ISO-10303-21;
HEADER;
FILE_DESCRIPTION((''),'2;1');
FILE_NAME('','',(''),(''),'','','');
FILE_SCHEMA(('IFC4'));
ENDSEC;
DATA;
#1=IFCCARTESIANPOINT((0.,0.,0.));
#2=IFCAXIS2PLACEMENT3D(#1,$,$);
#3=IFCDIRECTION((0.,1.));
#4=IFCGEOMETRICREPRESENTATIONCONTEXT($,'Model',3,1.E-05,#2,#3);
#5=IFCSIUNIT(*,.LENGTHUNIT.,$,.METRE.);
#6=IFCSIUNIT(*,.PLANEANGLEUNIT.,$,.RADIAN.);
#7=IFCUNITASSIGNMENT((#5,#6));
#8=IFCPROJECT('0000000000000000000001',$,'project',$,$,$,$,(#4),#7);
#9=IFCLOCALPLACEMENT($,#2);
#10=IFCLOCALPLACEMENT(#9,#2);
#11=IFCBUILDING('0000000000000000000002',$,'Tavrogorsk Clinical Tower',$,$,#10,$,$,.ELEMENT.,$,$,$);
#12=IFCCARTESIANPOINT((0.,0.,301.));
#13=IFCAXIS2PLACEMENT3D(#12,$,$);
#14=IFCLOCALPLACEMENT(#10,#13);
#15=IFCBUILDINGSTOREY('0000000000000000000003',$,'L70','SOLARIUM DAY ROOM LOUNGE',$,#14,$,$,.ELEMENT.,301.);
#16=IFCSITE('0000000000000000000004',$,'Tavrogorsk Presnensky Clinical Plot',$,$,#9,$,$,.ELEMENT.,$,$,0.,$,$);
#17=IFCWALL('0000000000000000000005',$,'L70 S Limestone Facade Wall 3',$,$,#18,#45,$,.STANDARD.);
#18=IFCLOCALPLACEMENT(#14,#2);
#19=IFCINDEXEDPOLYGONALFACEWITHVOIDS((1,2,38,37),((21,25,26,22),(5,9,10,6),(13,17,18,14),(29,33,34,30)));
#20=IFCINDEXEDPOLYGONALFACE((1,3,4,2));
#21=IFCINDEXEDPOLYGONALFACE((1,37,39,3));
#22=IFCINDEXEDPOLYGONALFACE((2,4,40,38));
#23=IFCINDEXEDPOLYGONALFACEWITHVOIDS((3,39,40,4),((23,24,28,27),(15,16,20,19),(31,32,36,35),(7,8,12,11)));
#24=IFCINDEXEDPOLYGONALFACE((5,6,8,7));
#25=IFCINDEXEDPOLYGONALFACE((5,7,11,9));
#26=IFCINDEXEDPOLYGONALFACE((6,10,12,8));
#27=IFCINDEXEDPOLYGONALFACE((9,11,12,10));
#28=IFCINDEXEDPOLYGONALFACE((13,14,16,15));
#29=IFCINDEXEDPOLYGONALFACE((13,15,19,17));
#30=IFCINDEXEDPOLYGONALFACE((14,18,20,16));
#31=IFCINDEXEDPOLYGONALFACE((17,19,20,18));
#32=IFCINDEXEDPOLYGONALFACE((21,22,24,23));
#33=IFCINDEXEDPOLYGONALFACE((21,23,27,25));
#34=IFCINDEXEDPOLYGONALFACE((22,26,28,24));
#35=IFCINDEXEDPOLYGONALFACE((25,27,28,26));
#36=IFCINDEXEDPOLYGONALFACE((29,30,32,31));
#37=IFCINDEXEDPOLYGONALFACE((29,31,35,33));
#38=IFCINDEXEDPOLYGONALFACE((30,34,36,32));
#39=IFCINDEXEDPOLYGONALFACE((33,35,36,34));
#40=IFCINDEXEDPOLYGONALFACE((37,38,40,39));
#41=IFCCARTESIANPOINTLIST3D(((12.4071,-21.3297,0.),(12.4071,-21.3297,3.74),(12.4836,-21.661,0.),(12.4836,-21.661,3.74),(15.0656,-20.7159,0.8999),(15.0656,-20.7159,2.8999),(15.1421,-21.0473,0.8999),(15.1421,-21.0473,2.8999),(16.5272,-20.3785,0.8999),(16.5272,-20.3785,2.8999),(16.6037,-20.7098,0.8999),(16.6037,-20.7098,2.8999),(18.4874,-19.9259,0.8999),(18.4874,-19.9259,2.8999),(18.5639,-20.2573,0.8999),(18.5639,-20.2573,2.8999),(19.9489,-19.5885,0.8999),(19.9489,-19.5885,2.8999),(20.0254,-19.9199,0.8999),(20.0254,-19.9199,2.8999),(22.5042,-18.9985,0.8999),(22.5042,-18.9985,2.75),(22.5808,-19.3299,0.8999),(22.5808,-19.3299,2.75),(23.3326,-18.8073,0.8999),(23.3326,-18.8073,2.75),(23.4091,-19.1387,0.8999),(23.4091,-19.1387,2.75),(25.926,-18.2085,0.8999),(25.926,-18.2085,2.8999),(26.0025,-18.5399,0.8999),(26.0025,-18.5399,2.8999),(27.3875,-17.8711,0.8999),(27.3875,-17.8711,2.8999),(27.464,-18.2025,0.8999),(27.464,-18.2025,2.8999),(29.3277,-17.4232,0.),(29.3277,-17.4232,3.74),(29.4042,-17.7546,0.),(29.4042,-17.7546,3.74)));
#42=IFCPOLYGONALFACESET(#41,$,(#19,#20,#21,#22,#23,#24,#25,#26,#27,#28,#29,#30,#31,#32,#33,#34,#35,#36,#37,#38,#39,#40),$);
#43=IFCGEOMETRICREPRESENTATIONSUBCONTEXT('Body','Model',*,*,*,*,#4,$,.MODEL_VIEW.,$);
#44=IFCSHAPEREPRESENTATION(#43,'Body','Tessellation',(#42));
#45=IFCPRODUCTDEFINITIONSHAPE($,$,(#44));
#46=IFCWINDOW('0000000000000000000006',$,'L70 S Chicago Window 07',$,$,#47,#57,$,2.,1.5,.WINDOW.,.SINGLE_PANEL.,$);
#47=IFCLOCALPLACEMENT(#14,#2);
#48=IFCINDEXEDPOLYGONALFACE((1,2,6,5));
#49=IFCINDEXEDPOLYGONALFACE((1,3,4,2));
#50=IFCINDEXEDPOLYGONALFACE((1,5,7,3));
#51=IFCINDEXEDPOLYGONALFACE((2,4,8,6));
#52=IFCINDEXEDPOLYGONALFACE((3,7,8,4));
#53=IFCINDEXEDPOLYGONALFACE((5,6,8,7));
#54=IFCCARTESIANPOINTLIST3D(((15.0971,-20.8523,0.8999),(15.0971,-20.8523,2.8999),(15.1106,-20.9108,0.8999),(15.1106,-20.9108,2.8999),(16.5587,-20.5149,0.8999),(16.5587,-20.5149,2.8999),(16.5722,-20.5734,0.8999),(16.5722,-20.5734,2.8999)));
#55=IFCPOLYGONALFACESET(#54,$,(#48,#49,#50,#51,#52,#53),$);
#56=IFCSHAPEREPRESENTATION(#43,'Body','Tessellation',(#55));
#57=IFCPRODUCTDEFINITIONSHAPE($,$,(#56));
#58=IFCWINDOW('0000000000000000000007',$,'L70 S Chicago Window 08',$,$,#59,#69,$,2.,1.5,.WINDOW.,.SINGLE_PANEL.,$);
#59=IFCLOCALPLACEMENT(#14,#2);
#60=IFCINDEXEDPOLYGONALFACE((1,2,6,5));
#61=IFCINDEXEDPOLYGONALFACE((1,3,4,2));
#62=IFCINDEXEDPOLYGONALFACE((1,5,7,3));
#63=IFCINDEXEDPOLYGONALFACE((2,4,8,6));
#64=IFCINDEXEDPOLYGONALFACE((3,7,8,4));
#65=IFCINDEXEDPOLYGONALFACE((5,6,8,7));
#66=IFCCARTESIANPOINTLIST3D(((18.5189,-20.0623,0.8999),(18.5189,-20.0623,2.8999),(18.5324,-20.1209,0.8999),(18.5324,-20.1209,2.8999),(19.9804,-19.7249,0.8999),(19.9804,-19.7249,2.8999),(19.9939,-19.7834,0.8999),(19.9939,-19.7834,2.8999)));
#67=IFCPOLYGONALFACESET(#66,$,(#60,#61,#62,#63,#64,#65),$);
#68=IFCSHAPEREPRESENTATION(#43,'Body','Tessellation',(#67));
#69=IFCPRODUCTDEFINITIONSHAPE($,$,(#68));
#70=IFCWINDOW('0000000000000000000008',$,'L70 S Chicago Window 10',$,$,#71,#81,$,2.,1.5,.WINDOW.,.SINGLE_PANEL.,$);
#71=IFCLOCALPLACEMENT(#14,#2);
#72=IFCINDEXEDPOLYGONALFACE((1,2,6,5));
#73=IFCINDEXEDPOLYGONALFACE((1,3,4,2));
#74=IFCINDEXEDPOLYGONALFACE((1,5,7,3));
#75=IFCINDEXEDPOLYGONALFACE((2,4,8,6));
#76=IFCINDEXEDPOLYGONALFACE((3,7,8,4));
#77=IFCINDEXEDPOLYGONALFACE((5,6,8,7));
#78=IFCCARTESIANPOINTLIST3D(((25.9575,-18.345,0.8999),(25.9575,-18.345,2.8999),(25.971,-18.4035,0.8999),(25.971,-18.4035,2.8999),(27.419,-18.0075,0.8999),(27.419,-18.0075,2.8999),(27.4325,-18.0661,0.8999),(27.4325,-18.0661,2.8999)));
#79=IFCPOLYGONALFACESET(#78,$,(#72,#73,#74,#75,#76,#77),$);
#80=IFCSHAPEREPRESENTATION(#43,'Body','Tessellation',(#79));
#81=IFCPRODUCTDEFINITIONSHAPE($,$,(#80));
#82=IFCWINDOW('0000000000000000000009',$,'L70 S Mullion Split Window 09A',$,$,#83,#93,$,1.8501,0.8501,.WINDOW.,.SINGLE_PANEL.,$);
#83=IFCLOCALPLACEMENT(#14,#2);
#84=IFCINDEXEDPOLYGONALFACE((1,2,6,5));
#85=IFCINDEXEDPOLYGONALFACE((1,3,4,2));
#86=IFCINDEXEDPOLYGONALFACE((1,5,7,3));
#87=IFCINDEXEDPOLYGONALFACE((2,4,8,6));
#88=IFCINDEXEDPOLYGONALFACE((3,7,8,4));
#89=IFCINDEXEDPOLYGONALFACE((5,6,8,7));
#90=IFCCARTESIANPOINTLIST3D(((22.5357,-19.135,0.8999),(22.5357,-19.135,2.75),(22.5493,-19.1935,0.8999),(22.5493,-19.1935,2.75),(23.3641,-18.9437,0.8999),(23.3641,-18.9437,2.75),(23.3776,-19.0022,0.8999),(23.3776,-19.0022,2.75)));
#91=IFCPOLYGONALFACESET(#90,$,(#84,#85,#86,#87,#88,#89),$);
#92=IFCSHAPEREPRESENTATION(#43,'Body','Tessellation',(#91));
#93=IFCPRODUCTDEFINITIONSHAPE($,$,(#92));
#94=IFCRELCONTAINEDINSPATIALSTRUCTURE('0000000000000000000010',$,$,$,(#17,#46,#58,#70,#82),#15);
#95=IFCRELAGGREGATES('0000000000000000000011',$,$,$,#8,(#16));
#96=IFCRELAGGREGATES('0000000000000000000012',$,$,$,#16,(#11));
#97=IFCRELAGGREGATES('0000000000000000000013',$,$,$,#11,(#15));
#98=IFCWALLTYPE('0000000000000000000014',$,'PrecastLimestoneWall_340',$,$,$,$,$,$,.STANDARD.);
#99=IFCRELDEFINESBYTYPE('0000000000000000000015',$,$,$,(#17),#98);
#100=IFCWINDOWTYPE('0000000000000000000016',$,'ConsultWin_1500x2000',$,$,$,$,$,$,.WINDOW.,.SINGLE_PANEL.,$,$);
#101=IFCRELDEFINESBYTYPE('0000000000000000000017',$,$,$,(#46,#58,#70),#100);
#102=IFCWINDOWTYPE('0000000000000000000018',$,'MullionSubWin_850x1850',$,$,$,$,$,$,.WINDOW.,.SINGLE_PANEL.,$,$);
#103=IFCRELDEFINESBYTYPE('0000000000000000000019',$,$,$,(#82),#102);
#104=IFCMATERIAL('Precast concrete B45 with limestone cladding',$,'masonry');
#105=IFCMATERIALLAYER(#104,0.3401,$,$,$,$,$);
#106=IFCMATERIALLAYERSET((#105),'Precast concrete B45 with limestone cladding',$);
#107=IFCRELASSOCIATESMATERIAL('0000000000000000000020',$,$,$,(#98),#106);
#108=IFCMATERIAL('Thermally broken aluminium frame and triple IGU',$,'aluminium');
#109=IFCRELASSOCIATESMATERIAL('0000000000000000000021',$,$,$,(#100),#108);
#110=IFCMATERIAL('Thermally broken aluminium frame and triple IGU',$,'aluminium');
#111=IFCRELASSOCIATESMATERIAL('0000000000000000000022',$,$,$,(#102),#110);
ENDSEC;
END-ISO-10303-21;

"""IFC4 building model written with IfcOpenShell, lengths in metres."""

from ifc_helpers import new_model, si_unit, direction, frame, frame_2d, origin, place, context, subcontext, project, spatial, rectangle, extrude, material, layer, layer_set, type_object, element, fill, save


model = new_model("IFC4")

# Units and contexts
model_context = context("Model", 3, precision=1e-05, world=origin(), true_north=direction((0.0, 1.0)))
body_context = subcontext(model_context, "Body", "Model", "MODEL_VIEW")
ifc_project = project(units=[si_unit("LENGTHUNIT", "METRE"), si_unit("PLANEANGLEUNIT", "RADIAN")], contexts=[model_context])

# Site, building, storey
site_placement = place(None, origin())
site = spatial("IfcSite", under=ifc_project, at=site_placement, Name="Tavrogorsk Presnensky Clinical Plot", CompositionType="ELEMENT", RefElevation=0.0)
building_placement = place(site_placement, origin())
building = spatial("IfcBuilding", under=site, at=building_placement, Name="Tavrogorsk Clinical Tower", CompositionType="ELEMENT")
storey_placement = place(building_placement, frame((0.0, 0.0, 301.0)))
storey = spatial("IfcBuildingStorey", under=building, at=storey_placement, Name="L70", Description="SOLARIUM DAY ROOM LOUNGE", CompositionType="ELEMENT", Elevation=301.0)

# Wall, openings, windows
ifc_material_1 = material(Name="Precast concrete B45 with limestone cladding", Category="masonry")
ifc_layer_1 = layer(ifc_material_1, 0.3401)
ifc_layer_set_1 = layer_set([ifc_layer_1], Name="Precast concrete B45 with limestone cladding")
wall_type_1 = type_object("IfcWallType", Name="PrecastLimestoneWall_340", PredefinedType="STANDARD", material=ifc_layer_set_1)
ifc_material_2 = material(Name="Thermally broken aluminium frame and triple IGU", Category="aluminium")
window_type_1 = type_object("IfcWindowType", Name="ConsultWin_1500x2000", PartitioningType="SINGLE_PANEL", PredefinedType="WINDOW", material=ifc_material_2)
wall_1_placement = place(storey_placement, frame((12.4453, -21.4954, 0.0), z_axis=(0.0, 0.0, 1.0), x_axis=(0.974369, 0.224954, 0.0)))
wall_1 = element("IfcWall", 1, at=wall_1_placement, inside=storey, type_object=wall_type_1, Name="L70 S Limestone Facade Wall 3", PredefinedType="STANDARD", context=body_context, shape_type="SweptSolid", body=[
    extrude(rectangle(XDim=17.3657, YDim=0.3401, at=frame_2d((8.6829, 0.0))), origin(), (0.0, 0.0, 1.0), 3.74),
])
opening_1_placement = place(wall_1_placement, frame((2.7285, 0.0, 0.8999)))
opening_1 = element("IfcOpeningElement", 2, at=opening_1_placement, cuts=wall_1, PredefinedType="OPENING", context=body_context, shape_type="SweptSolid", body=[
    extrude(rectangle(XDim=1.5, YDim=2.0, at=frame_2d((0.75, 1.0))), frame((0.0, 0.1799, 0.0), z_axis=(0.0, -1.0, 0.0), x_axis=(1.0, 0.0, 0.0)), (0.0, 0.0, 1.0), 0.3601),
])
opening_2_placement = place(wall_1_placement, frame((6.2402, 0.0, 0.8999)))
opening_2 = element("IfcOpeningElement", 3, at=opening_2_placement, cuts=wall_1, PredefinedType="OPENING", context=body_context, shape_type="SweptSolid", body=[
    extrude(rectangle(XDim=1.5, YDim=2.0, at=frame_2d((0.75, 1.0))), frame((0.0, 0.1799, 0.0), z_axis=(0.0, -1.0, 0.0), x_axis=(1.0, 0.0, 0.0)), (0.0, 0.0, 1.0), 0.3601),
])
opening_3_placement = place(wall_1_placement, frame((10.3628, 0.0, 0.8999)))
opening_3 = element("IfcOpeningElement", 4, at=opening_3_placement, cuts=wall_1, PredefinedType="OPENING", context=body_context, shape_type="SweptSolid", body=[
    extrude(rectangle(XDim=0.8501, YDim=1.8501, at=frame_2d((0.425, 0.925))), frame((0.0, 0.1799, 0.0), z_axis=(0.0, -1.0, 0.0), x_axis=(1.0, 0.0, 0.0)), (0.0, 0.0, 1.0), 0.3601),
])
opening_4_placement = place(wall_1_placement, frame((13.8745, 0.0, 0.8999)))
opening_4 = element("IfcOpeningElement", 5, at=opening_4_placement, cuts=wall_1, PredefinedType="OPENING", context=body_context, shape_type="SweptSolid", body=[
    extrude(rectangle(XDim=1.5, YDim=2.0, at=frame_2d((0.75, 1.0))), frame((0.0, 0.1799, 0.0), z_axis=(0.0, -1.0, 0.0), x_axis=(1.0, 0.0, 0.0)), (0.0, 0.0, 1.0), 0.3601),
])
window_1_placement = place(opening_1_placement, origin())
window_1 = element("IfcWindow", 6, at=window_1_placement, inside=storey, type_object=window_type_1, Name="L70 S Chicago Window 07", OverallHeight=2.0, OverallWidth=1.5, PartitioningType="SINGLE_PANEL", PredefinedType="WINDOW", context=body_context, shape_type="SweptSolid", body=[
    extrude(rectangle(XDim=1.5, YDim=2.0, at=frame_2d((0.75, 1.0))), frame((0.0, 0.03, 0.0), z_axis=(0.0, -1.0, 0.0), x_axis=(1.0, 0.0, 0.0)), (0.0, 0.0, 1.0), 0.0601),
])
fill(opening_1, window_1)
window_2_placement = place(opening_2_placement, origin())
window_2 = element("IfcWindow", 7, at=window_2_placement, inside=storey, type_object=window_type_1, Name="L70 S Chicago Window 08", OverallHeight=2.0, OverallWidth=1.5, PartitioningType="SINGLE_PANEL", PredefinedType="WINDOW", context=body_context, shape_type="SweptSolid", body=[
    extrude(rectangle(XDim=1.5, YDim=2.0, at=frame_2d((0.75, 1.0))), frame((0.0, 0.03, 0.0), z_axis=(0.0, -1.0, 0.0), x_axis=(1.0, 0.0, 0.0)), (0.0, 0.0, 1.0), 0.0601),
])
fill(opening_2, window_2)
window_3_placement = place(opening_4_placement, origin())
window_3 = element("IfcWindow", 8, at=window_3_placement, inside=storey, type_object=window_type_1, Name="L70 S Chicago Window 10", OverallHeight=2.0, OverallWidth=1.5, PartitioningType="SINGLE_PANEL", PredefinedType="WINDOW", context=body_context, shape_type="SweptSolid", body=[
    extrude(rectangle(XDim=1.5, YDim=2.0, at=frame_2d((0.75, 1.0))), frame((0.0, 0.03, 0.0), z_axis=(0.0, -1.0, 0.0), x_axis=(1.0, 0.0, 0.0)), (0.0, 0.0, 1.0), 0.0601),
])
fill(opening_4, window_3)
ifc_material_3 = material(Name="Thermally broken aluminium frame and triple IGU", Category="aluminium")
window_type_2 = type_object("IfcWindowType", Name="MullionSubWin_850x1850", PartitioningType="SINGLE_PANEL", PredefinedType="WINDOW", material=ifc_material_3)
window_4_placement = place(opening_3_placement, origin())
window_4 = element("IfcWindow", 9, at=window_4_placement, inside=storey, type_object=window_type_2, Name="L70 S Mullion Split Window 09A", OverallHeight=1.8501, OverallWidth=0.8501, PartitioningType="SINGLE_PANEL", PredefinedType="WINDOW", context=body_context, shape_type="SweptSolid", body=[
    extrude(rectangle(XDim=0.8501, YDim=1.8501, at=frame_2d((0.425, 0.925))), frame((0.0, 0.03, 0.0), z_axis=(0.0, -1.0, 0.0), x_axis=(1.0, 0.0, 0.0)), (0.0, 0.0, 1.0), 0.0601),
])
fill(opening_3, window_4)

save(model, "model.ifc")
